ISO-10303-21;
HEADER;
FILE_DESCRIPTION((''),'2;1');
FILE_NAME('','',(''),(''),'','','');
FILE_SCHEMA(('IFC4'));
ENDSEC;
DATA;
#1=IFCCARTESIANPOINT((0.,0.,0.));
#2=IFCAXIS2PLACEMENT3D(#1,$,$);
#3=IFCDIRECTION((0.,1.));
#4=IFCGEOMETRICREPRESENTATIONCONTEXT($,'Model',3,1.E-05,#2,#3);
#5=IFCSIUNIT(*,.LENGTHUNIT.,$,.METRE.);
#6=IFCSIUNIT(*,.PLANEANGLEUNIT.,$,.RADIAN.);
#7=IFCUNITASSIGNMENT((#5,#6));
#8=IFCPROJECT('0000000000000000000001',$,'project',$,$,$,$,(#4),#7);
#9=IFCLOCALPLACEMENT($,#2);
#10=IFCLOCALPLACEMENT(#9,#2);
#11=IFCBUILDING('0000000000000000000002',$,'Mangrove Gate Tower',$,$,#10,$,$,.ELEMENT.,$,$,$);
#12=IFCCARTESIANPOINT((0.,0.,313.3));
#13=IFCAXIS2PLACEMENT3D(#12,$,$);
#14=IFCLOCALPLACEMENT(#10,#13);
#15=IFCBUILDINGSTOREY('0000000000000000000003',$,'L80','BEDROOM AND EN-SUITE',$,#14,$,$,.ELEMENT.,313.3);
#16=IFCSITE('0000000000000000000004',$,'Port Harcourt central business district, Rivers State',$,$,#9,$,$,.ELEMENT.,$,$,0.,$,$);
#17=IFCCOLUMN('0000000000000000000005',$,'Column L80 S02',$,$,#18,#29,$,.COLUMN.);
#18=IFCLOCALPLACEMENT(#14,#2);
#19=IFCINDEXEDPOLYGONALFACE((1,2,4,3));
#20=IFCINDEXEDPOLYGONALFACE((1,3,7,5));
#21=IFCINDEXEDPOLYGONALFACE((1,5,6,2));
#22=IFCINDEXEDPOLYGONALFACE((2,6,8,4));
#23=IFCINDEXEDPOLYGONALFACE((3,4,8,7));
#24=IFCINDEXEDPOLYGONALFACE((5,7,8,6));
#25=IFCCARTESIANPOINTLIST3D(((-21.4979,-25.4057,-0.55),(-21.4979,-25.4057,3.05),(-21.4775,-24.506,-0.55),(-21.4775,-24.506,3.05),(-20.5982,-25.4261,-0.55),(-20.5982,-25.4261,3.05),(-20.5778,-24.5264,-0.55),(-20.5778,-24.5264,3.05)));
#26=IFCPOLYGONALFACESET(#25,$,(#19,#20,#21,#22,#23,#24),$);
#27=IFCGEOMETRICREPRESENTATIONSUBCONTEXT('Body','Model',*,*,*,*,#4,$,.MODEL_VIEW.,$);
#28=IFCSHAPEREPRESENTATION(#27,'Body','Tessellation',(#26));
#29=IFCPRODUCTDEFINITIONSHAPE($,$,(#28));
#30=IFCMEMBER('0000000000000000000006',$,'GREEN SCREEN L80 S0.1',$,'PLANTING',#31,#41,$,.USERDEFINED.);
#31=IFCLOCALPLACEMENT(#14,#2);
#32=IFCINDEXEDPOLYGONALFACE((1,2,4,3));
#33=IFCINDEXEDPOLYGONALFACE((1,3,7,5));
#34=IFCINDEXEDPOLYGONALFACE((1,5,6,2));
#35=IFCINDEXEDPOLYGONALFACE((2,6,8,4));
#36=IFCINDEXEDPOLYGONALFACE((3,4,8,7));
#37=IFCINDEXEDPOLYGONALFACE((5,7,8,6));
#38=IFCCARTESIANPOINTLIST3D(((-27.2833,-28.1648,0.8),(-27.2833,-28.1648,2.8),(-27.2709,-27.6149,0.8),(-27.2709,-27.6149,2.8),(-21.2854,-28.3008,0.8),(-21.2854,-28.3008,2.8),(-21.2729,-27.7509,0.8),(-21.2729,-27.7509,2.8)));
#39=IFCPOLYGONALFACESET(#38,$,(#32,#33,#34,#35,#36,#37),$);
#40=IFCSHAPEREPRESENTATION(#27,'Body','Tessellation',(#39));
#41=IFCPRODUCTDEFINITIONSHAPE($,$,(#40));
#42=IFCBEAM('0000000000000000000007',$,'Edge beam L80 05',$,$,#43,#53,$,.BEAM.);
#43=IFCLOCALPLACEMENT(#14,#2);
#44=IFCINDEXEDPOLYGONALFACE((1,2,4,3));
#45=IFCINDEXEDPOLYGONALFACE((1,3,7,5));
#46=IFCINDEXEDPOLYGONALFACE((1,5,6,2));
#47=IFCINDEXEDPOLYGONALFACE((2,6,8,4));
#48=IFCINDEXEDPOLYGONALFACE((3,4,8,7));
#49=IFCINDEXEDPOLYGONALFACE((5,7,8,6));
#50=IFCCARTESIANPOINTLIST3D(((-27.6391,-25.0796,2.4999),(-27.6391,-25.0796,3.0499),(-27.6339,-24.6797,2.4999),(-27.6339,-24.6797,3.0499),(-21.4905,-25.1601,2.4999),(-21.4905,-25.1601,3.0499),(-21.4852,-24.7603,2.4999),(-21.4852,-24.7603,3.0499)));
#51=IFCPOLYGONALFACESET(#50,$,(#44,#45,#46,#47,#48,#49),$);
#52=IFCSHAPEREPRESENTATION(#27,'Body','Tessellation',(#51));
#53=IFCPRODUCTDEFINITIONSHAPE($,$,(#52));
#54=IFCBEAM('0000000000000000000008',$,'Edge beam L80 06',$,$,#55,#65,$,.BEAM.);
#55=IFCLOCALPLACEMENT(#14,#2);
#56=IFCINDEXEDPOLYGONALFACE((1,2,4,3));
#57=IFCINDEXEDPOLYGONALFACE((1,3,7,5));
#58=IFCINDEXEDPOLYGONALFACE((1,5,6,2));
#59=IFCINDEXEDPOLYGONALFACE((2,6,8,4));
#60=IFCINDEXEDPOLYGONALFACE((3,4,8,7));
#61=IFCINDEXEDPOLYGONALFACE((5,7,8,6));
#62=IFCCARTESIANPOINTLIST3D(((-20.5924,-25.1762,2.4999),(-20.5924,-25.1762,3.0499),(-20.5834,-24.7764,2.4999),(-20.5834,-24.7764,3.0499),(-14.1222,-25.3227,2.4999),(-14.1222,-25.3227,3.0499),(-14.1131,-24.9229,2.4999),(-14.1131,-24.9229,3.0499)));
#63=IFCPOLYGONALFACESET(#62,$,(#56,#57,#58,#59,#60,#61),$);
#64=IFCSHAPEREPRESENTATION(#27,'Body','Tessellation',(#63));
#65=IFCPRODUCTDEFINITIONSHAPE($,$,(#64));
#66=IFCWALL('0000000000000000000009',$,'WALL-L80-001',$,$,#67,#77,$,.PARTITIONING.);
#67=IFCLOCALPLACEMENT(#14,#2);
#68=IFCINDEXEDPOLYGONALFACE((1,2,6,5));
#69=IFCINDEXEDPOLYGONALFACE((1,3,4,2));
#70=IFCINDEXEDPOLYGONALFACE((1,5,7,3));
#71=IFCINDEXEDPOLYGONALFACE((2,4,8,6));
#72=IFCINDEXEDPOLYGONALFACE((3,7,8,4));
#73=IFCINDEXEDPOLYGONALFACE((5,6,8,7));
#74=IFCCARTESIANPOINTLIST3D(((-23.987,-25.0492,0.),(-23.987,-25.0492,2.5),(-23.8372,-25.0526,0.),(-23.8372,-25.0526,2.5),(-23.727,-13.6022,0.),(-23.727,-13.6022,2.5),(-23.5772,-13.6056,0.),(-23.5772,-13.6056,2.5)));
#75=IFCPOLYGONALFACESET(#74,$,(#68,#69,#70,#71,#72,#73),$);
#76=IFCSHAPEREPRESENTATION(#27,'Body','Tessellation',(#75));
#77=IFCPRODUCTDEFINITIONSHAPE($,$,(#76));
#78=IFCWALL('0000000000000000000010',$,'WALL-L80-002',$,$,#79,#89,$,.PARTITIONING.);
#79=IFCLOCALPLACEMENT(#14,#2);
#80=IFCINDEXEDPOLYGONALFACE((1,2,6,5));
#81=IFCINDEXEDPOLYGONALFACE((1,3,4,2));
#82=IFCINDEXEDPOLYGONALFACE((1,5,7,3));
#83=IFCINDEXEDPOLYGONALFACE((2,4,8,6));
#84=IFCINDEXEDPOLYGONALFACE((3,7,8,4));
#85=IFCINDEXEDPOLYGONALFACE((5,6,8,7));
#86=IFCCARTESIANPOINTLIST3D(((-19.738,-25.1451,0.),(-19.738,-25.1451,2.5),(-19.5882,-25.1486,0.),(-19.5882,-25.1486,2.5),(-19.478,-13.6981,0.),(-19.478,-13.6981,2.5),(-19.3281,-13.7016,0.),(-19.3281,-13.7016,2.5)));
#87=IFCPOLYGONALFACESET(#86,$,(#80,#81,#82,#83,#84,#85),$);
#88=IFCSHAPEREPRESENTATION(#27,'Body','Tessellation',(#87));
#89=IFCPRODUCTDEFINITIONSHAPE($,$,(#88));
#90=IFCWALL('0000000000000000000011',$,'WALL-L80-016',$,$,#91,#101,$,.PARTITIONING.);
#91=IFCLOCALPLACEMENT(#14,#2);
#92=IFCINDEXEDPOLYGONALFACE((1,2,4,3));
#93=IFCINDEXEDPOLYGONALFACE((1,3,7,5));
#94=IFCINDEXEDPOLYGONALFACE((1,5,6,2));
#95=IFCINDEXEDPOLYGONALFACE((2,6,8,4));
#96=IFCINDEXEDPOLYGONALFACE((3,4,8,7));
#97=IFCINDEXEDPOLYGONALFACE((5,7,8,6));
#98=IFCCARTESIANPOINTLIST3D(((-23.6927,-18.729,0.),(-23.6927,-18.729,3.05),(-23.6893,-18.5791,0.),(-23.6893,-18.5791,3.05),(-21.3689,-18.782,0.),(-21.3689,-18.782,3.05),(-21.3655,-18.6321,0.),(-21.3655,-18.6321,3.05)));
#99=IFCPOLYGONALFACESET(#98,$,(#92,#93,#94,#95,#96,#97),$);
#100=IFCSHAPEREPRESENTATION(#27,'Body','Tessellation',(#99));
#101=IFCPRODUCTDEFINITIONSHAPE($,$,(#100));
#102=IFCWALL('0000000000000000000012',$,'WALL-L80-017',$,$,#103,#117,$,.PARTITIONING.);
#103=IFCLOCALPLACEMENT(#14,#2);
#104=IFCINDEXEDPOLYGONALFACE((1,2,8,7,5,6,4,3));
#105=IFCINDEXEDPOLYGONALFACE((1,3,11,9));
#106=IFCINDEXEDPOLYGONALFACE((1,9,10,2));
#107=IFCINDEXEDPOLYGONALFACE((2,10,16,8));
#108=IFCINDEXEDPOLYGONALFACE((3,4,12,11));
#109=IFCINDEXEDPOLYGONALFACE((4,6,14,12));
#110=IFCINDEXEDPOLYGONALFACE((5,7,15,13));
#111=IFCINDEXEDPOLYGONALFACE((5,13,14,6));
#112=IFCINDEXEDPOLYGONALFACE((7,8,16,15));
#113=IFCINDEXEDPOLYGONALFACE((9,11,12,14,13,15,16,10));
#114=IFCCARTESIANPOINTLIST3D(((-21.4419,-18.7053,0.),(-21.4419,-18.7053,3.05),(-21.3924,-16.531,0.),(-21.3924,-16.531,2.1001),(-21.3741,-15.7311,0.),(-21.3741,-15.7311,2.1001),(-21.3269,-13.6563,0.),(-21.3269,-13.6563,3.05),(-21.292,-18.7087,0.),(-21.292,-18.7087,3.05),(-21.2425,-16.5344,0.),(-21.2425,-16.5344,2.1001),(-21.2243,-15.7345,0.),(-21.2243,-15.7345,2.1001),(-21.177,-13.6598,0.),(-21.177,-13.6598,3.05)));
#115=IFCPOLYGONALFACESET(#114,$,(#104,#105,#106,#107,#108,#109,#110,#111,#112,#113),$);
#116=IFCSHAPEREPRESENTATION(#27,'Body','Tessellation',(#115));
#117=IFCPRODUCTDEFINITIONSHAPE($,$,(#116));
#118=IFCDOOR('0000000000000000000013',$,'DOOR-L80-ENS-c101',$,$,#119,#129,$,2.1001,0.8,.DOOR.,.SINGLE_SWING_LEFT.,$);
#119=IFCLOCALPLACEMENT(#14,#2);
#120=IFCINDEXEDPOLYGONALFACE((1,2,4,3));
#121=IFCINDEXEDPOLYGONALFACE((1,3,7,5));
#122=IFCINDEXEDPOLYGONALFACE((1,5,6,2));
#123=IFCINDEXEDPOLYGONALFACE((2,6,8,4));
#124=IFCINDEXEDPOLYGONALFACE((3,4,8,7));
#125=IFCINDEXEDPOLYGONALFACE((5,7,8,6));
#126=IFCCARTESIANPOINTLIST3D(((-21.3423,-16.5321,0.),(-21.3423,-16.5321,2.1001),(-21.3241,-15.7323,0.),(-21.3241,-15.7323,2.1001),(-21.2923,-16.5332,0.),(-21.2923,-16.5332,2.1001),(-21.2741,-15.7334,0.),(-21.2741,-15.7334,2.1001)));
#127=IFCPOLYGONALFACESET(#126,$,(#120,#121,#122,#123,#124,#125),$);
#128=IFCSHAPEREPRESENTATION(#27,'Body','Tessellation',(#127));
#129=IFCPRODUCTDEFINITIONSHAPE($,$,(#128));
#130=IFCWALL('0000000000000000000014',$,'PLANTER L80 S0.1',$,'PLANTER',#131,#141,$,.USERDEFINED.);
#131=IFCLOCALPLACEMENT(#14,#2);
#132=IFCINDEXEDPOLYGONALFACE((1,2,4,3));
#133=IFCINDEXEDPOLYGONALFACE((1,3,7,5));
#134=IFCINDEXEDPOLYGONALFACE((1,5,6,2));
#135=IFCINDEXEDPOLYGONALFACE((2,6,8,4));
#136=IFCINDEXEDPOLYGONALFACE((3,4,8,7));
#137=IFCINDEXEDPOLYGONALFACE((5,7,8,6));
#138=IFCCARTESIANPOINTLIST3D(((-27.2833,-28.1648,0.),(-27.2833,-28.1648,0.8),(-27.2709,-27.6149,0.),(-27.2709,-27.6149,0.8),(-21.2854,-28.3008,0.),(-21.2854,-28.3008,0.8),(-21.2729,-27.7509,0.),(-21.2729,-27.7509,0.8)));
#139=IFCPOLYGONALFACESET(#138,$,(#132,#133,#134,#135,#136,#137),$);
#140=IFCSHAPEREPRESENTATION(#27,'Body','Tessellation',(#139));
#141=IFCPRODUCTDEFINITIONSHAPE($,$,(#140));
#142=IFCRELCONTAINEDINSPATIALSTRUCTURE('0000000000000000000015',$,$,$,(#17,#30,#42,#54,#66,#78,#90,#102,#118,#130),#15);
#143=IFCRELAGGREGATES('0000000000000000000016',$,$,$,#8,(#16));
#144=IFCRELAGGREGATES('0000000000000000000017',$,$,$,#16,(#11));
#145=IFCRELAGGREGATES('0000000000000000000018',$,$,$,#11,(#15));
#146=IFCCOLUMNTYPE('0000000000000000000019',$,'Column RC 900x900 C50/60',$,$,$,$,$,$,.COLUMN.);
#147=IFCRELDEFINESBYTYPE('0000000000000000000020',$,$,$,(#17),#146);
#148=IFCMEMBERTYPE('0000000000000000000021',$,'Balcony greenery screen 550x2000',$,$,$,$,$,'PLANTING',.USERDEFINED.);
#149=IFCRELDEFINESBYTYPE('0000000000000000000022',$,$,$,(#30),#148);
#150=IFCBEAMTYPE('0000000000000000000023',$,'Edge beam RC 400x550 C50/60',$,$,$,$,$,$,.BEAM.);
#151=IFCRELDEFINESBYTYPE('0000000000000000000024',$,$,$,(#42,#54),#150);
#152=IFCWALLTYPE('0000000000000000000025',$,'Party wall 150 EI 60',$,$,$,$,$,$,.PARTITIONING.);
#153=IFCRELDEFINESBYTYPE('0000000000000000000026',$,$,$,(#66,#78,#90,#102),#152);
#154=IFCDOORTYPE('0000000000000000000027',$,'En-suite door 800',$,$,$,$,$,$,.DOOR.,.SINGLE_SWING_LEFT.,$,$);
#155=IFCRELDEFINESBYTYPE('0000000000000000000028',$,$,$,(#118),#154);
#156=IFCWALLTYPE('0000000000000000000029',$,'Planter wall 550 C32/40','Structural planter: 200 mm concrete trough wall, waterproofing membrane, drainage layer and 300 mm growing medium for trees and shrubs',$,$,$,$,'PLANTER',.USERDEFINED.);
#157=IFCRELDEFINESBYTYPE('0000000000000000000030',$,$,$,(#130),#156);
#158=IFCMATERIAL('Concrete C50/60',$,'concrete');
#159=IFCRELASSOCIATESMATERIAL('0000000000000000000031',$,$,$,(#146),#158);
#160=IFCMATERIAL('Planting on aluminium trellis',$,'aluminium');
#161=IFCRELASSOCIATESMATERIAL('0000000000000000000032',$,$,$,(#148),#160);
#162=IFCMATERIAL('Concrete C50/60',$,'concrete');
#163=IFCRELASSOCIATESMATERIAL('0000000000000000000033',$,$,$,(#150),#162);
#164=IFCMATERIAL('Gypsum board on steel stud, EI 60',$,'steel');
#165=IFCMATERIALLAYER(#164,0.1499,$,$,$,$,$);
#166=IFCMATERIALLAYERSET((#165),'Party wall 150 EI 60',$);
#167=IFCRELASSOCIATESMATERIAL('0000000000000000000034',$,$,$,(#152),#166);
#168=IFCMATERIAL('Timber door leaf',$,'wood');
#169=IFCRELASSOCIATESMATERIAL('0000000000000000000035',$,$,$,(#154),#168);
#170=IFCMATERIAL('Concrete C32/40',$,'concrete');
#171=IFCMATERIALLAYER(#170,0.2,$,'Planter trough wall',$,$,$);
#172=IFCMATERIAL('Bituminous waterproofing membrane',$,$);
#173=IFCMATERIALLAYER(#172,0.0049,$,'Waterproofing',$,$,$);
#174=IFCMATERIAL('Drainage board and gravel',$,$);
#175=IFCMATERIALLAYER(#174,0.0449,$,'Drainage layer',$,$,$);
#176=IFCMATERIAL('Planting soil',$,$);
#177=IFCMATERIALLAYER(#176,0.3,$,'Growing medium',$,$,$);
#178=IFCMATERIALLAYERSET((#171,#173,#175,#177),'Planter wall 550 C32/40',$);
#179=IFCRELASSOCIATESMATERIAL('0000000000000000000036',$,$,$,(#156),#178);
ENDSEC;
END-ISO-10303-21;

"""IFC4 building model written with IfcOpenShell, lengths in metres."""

from ifc_helpers import new_model, si_unit, direction, frame, frame_2d, origin, origin_2d, place, context, subcontext, project, spatial, rectangle, extrude, material, layer, layer_set, material_profile, profile_set, type_object, element, fill, save


model = new_model("IFC4")

# Units and contexts
model_context = context("Model", 3, precision=1e-05, world=origin(), true_north=direction((0.0, 1.0)))
body_context = subcontext(model_context, "Body", "Model", "MODEL_VIEW")
ifc_project = project(units=[si_unit("LENGTHUNIT", "METRE"), si_unit("PLANEANGLEUNIT", "RADIAN")], contexts=[model_context])

# Site, building, storey
site_placement = place(None, origin())
site = spatial("IfcSite", under=ifc_project, at=site_placement, Name="Port Harcourt central business district, Rivers State", CompositionType="ELEMENT", RefElevation=0.0)
building_placement = place(site_placement, origin())
building = spatial("IfcBuilding", under=site, at=building_placement, Name="Mangrove Gate Tower", CompositionType="ELEMENT")
storey_placement = place(building_placement, frame((0.0, 0.0, 313.3)))
storey = spatial("IfcBuildingStorey", under=building, at=storey_placement, Name="L80", Description="BEDROOM AND EN-SUITE", CompositionType="ELEMENT", Elevation=313.3)

# Column
ifc_material_1 = material(Name="Concrete C50/60", Category="concrete")
ifc_material_profile_1 = material_profile(ifc_material_1, rectangle(XDim=0.8999, YDim=0.8999, at=origin_2d()))
ifc_profile_set_1 = profile_set([ifc_material_profile_1], Name="Concrete C50/60")
column_type = type_object("IfcColumnType", Name="Column RC 900x900 C50/60", PredefinedType="COLUMN", material=ifc_profile_set_1)
column_placement = place(storey_placement, frame((-21.0378, -24.9661, -0.55), z_axis=(0.0, 0.0, 1.0), x_axis=(0.999743, -0.022655, 0.0)))
element("IfcColumn", 1, at=column_placement, inside=storey, type_object=column_type, Name="Column L80 S02", PredefinedType="COLUMN", context=body_context, shape_type="SweptSolid", body=[
    extrude(rectangle(XDim=0.8999, YDim=0.8999, at=origin_2d()), origin(), (0.0, 0.0, 1.0), 3.6001),
])

# Member
ifc_material_2 = material(Name="Planting on aluminium trellis", Category="aluminium")
ifc_material_profile_2 = material_profile(ifc_material_2, rectangle(XDim=0.55, YDim=2.0, at=origin_2d()))
ifc_profile_set_2 = profile_set([ifc_material_profile_2], Name="Planting on aluminium trellis")
member_type = type_object("IfcMemberType", Name="Balcony greenery screen 550x2000", ElementType="PLANTING", PredefinedType="USERDEFINED", material=ifc_profile_set_2)
member_placement = place(storey_placement, frame((-27.2771, -27.8899, 1.8), z_axis=(0.999743, -0.022666, 0.0), x_axis=(0.022666, 0.999743, 0.0)))
element("IfcMember", 2, at=member_placement, inside=storey, type_object=member_type, Name="GREEN SCREEN L80 S0.1", ObjectType="PLANTING", PredefinedType="USERDEFINED", context=body_context, shape_type="SweptSolid", body=[
    extrude(rectangle(XDim=0.55, YDim=2.0, at=origin_2d()), origin(), (0.0, 0.0, 1.0), 5.9995),
])

# Beams
ifc_material_3 = material(Name="Concrete C50/60", Category="concrete")
ifc_material_profile_3 = material_profile(ifc_material_3, rectangle(XDim=0.3999, YDim=0.55, at=origin_2d()))
ifc_profile_set_3 = profile_set([ifc_material_profile_3], Name="Concrete C50/60")
beam_type = type_object("IfcBeamType", Name="Edge beam RC 400x550 C50/60", PredefinedType="BEAM", material=ifc_profile_set_3)
beam_1_placement = place(storey_placement, frame((-27.6365, -24.8796, 2.7749), z_axis=(0.999914, -0.013102, 0.0), x_axis=(0.013102, 0.999914, 0.0)))
element("IfcBeam", 3, at=beam_1_placement, inside=storey, type_object=beam_type, Name="Edge beam L80 05", PredefinedType="BEAM", context=body_context, shape_type="SweptSolid", body=[
    extrude(rectangle(XDim=0.3999, YDim=0.55, at=origin_2d()), origin(), (0.0, 0.0, 1.0), 6.1492),
])
beam_2_placement = place(storey_placement, frame((-20.5879, -24.9763, 2.7749), z_axis=(0.999744, -0.022634, 0.0), x_axis=(0.022634, 0.999744, 0.0)))
element("IfcBeam", 4, at=beam_2_placement, inside=storey, type_object=beam_type, Name="Edge beam L80 06", PredefinedType="BEAM", context=body_context, shape_type="SweptSolid", body=[
    extrude(rectangle(XDim=0.3999, YDim=0.55, at=origin_2d()), origin(), (0.0, 0.0, 1.0), 6.4719),
])

# Walls
ifc_material_4 = material(Name="Gypsum board on steel stud, EI 60", Category="steel")
ifc_layer_1 = layer(ifc_material_4, 0.1499)
ifc_layer_set_1 = layer_set([ifc_layer_1], Name="Party wall 150 EI 60")
wall_type_1 = type_object("IfcWallType", Name="Party wall 150 EI 60", PredefinedType="PARTITIONING", material=ifc_layer_set_1)
for number, where, z_axis, x_axis, name in (
    (5, (-23.9121, -25.051, 0.0), (0.0, 0.0, 1.0), (0.022708, 0.999742, 0.0), "WALL-L80-001"),
    (6, (-19.6631, -25.147, 0.0), (0.0, 0.0, 1.0), (0.022708, 0.999742, 0.0), "WALL-L80-002"),
):
    element("IfcWall", number, at=place(storey_placement, frame(where, z_axis=z_axis, x_axis=x_axis)), inside=storey, type_object=wall_type_1, Name=name, PredefinedType="PARTITIONING", context=body_context, shape_type="SweptSolid", body=[
        extrude(rectangle(XDim=11.45, YDim=0.1499, at=frame_2d((5.7251, 0.0))), origin(), (0.0, 0.0, 1.0), 2.5),
    ])
wall_1_placement = place(storey_placement, frame((-23.6909, -18.6541, 0.0), z_axis=(0.0, 0.0, 1.0), x_axis=(0.99974, -0.022791, 0.0)))
element("IfcWall", 7, at=wall_1_placement, inside=storey, type_object=wall_type_1, Name="WALL-L80-016", PredefinedType="PARTITIONING", context=body_context, shape_type="SweptSolid", body=[
    extrude(rectangle(XDim=2.3245, YDim=0.1499, at=frame_2d((1.1621, 0.0))), origin(), (0.0, 0.0, 1.0), 3.05),
])

# Wall, opening, door
wall_2_placement = place(storey_placement, frame((-21.3669, -18.707, 0.0), z_axis=(0.0, 0.0, 1.0), x_axis=(0.022769, 0.999741, 0.0)))
wall_2 = element("IfcWall", 8, at=wall_2_placement, inside=storey, type_object=wall_type_1, Name="WALL-L80-017", PredefinedType="PARTITIONING", context=body_context, shape_type="SweptSolid", body=[
    extrude(rectangle(XDim=5.0503, YDim=0.1499, at=frame_2d((2.5251, 0.0))), origin(), (0.0, 0.0, 1.0), 3.05),
])
opening_placement = place(wall_2_placement, frame((2.175, 0.0, 0.0)))
opening = element("IfcOpeningElement", 9, at=opening_placement, cuts=wall_2, PredefinedType="OPENING", context=body_context, shape_type="SweptSolid", body=[
    extrude(rectangle(XDim=0.8, YDim=2.1001, at=frame_2d((0.3999, 1.05))), frame((0.0, 0.085, 0.0), z_axis=(0.0, -1.0, 0.0), x_axis=(1.0, 0.0, 0.0)), (0.0, 0.0, 1.0), 0.1699),
])
ifc_material_5 = material(Name="Timber door leaf", Category="wood")
door_type = type_object("IfcDoorType", Name="En-suite door 800", OperationType="SINGLE_SWING_LEFT", PredefinedType="DOOR", material=ifc_material_5)
door_placement = place(opening_placement, origin())
door = element("IfcDoor", 10, at=door_placement, inside=storey, type_object=door_type, Name="DOOR-L80-ENS-c101", OperationType="SINGLE_SWING_LEFT", OverallHeight=2.1001, OverallWidth=0.8, PredefinedType="DOOR", context=body_context, shape_type="SweptSolid", body=[
    extrude(rectangle(XDim=0.8, YDim=2.1001, at=frame_2d((0.3999, 1.05))), frame((0.0, 0.0249, 0.0), z_axis=(0.0, -1.0, 0.0), x_axis=(1.0, 0.0, 0.0)), (0.0, 0.0, 1.0), 0.05),
])
fill(opening, door)

# Wall
ifc_material_6 = material(Name="Concrete C32/40", Category="concrete")
ifc_layer_2 = layer(ifc_material_6, 0.2, Name="Planter trough wall")
ifc_material_7 = material(Name="Bituminous waterproofing membrane")
ifc_layer_3 = layer(ifc_material_7, 0.0049, Name="Waterproofing")
ifc_material_8 = material(Name="Drainage board and gravel")
ifc_layer_4 = layer(ifc_material_8, 0.0449, Name="Drainage layer")
ifc_material_9 = material(Name="Planting soil")
ifc_layer_5 = layer(ifc_material_9, 0.3, Name="Growing medium")
ifc_layer_set_2 = layer_set([ifc_layer_2, ifc_layer_3, ifc_layer_4, ifc_layer_5], Name="Planter wall 550 C32/40")
wall_type_2 = type_object("IfcWallType", Name="Planter wall 550 C32/40", Description="Structural planter: 200 mm concrete trough wall, waterproofing membrane, drainage layer and 300 mm growing medium for trees and shrubs", ElementType="PLANTER", PredefinedType="USERDEFINED", material=ifc_layer_set_2)
wall_3_placement = place(storey_placement, frame((-27.2771, -27.8899, 0.0), z_axis=(0.0, 0.0, 1.0), x_axis=(0.999743, -0.022666, 0.0)))
element("IfcWall", 11, at=wall_3_placement, inside=storey, type_object=wall_type_2, Name="PLANTER L80 S0.1", ObjectType="PLANTER", PredefinedType="USERDEFINED", context=body_context, shape_type="SweptSolid", body=[
    extrude(rectangle(XDim=5.9995, YDim=0.55, at=frame_2d((2.9998, 0.0))), origin(), (0.0, 0.0, 1.0), 0.8),
])

save(model, "model.ifc")
